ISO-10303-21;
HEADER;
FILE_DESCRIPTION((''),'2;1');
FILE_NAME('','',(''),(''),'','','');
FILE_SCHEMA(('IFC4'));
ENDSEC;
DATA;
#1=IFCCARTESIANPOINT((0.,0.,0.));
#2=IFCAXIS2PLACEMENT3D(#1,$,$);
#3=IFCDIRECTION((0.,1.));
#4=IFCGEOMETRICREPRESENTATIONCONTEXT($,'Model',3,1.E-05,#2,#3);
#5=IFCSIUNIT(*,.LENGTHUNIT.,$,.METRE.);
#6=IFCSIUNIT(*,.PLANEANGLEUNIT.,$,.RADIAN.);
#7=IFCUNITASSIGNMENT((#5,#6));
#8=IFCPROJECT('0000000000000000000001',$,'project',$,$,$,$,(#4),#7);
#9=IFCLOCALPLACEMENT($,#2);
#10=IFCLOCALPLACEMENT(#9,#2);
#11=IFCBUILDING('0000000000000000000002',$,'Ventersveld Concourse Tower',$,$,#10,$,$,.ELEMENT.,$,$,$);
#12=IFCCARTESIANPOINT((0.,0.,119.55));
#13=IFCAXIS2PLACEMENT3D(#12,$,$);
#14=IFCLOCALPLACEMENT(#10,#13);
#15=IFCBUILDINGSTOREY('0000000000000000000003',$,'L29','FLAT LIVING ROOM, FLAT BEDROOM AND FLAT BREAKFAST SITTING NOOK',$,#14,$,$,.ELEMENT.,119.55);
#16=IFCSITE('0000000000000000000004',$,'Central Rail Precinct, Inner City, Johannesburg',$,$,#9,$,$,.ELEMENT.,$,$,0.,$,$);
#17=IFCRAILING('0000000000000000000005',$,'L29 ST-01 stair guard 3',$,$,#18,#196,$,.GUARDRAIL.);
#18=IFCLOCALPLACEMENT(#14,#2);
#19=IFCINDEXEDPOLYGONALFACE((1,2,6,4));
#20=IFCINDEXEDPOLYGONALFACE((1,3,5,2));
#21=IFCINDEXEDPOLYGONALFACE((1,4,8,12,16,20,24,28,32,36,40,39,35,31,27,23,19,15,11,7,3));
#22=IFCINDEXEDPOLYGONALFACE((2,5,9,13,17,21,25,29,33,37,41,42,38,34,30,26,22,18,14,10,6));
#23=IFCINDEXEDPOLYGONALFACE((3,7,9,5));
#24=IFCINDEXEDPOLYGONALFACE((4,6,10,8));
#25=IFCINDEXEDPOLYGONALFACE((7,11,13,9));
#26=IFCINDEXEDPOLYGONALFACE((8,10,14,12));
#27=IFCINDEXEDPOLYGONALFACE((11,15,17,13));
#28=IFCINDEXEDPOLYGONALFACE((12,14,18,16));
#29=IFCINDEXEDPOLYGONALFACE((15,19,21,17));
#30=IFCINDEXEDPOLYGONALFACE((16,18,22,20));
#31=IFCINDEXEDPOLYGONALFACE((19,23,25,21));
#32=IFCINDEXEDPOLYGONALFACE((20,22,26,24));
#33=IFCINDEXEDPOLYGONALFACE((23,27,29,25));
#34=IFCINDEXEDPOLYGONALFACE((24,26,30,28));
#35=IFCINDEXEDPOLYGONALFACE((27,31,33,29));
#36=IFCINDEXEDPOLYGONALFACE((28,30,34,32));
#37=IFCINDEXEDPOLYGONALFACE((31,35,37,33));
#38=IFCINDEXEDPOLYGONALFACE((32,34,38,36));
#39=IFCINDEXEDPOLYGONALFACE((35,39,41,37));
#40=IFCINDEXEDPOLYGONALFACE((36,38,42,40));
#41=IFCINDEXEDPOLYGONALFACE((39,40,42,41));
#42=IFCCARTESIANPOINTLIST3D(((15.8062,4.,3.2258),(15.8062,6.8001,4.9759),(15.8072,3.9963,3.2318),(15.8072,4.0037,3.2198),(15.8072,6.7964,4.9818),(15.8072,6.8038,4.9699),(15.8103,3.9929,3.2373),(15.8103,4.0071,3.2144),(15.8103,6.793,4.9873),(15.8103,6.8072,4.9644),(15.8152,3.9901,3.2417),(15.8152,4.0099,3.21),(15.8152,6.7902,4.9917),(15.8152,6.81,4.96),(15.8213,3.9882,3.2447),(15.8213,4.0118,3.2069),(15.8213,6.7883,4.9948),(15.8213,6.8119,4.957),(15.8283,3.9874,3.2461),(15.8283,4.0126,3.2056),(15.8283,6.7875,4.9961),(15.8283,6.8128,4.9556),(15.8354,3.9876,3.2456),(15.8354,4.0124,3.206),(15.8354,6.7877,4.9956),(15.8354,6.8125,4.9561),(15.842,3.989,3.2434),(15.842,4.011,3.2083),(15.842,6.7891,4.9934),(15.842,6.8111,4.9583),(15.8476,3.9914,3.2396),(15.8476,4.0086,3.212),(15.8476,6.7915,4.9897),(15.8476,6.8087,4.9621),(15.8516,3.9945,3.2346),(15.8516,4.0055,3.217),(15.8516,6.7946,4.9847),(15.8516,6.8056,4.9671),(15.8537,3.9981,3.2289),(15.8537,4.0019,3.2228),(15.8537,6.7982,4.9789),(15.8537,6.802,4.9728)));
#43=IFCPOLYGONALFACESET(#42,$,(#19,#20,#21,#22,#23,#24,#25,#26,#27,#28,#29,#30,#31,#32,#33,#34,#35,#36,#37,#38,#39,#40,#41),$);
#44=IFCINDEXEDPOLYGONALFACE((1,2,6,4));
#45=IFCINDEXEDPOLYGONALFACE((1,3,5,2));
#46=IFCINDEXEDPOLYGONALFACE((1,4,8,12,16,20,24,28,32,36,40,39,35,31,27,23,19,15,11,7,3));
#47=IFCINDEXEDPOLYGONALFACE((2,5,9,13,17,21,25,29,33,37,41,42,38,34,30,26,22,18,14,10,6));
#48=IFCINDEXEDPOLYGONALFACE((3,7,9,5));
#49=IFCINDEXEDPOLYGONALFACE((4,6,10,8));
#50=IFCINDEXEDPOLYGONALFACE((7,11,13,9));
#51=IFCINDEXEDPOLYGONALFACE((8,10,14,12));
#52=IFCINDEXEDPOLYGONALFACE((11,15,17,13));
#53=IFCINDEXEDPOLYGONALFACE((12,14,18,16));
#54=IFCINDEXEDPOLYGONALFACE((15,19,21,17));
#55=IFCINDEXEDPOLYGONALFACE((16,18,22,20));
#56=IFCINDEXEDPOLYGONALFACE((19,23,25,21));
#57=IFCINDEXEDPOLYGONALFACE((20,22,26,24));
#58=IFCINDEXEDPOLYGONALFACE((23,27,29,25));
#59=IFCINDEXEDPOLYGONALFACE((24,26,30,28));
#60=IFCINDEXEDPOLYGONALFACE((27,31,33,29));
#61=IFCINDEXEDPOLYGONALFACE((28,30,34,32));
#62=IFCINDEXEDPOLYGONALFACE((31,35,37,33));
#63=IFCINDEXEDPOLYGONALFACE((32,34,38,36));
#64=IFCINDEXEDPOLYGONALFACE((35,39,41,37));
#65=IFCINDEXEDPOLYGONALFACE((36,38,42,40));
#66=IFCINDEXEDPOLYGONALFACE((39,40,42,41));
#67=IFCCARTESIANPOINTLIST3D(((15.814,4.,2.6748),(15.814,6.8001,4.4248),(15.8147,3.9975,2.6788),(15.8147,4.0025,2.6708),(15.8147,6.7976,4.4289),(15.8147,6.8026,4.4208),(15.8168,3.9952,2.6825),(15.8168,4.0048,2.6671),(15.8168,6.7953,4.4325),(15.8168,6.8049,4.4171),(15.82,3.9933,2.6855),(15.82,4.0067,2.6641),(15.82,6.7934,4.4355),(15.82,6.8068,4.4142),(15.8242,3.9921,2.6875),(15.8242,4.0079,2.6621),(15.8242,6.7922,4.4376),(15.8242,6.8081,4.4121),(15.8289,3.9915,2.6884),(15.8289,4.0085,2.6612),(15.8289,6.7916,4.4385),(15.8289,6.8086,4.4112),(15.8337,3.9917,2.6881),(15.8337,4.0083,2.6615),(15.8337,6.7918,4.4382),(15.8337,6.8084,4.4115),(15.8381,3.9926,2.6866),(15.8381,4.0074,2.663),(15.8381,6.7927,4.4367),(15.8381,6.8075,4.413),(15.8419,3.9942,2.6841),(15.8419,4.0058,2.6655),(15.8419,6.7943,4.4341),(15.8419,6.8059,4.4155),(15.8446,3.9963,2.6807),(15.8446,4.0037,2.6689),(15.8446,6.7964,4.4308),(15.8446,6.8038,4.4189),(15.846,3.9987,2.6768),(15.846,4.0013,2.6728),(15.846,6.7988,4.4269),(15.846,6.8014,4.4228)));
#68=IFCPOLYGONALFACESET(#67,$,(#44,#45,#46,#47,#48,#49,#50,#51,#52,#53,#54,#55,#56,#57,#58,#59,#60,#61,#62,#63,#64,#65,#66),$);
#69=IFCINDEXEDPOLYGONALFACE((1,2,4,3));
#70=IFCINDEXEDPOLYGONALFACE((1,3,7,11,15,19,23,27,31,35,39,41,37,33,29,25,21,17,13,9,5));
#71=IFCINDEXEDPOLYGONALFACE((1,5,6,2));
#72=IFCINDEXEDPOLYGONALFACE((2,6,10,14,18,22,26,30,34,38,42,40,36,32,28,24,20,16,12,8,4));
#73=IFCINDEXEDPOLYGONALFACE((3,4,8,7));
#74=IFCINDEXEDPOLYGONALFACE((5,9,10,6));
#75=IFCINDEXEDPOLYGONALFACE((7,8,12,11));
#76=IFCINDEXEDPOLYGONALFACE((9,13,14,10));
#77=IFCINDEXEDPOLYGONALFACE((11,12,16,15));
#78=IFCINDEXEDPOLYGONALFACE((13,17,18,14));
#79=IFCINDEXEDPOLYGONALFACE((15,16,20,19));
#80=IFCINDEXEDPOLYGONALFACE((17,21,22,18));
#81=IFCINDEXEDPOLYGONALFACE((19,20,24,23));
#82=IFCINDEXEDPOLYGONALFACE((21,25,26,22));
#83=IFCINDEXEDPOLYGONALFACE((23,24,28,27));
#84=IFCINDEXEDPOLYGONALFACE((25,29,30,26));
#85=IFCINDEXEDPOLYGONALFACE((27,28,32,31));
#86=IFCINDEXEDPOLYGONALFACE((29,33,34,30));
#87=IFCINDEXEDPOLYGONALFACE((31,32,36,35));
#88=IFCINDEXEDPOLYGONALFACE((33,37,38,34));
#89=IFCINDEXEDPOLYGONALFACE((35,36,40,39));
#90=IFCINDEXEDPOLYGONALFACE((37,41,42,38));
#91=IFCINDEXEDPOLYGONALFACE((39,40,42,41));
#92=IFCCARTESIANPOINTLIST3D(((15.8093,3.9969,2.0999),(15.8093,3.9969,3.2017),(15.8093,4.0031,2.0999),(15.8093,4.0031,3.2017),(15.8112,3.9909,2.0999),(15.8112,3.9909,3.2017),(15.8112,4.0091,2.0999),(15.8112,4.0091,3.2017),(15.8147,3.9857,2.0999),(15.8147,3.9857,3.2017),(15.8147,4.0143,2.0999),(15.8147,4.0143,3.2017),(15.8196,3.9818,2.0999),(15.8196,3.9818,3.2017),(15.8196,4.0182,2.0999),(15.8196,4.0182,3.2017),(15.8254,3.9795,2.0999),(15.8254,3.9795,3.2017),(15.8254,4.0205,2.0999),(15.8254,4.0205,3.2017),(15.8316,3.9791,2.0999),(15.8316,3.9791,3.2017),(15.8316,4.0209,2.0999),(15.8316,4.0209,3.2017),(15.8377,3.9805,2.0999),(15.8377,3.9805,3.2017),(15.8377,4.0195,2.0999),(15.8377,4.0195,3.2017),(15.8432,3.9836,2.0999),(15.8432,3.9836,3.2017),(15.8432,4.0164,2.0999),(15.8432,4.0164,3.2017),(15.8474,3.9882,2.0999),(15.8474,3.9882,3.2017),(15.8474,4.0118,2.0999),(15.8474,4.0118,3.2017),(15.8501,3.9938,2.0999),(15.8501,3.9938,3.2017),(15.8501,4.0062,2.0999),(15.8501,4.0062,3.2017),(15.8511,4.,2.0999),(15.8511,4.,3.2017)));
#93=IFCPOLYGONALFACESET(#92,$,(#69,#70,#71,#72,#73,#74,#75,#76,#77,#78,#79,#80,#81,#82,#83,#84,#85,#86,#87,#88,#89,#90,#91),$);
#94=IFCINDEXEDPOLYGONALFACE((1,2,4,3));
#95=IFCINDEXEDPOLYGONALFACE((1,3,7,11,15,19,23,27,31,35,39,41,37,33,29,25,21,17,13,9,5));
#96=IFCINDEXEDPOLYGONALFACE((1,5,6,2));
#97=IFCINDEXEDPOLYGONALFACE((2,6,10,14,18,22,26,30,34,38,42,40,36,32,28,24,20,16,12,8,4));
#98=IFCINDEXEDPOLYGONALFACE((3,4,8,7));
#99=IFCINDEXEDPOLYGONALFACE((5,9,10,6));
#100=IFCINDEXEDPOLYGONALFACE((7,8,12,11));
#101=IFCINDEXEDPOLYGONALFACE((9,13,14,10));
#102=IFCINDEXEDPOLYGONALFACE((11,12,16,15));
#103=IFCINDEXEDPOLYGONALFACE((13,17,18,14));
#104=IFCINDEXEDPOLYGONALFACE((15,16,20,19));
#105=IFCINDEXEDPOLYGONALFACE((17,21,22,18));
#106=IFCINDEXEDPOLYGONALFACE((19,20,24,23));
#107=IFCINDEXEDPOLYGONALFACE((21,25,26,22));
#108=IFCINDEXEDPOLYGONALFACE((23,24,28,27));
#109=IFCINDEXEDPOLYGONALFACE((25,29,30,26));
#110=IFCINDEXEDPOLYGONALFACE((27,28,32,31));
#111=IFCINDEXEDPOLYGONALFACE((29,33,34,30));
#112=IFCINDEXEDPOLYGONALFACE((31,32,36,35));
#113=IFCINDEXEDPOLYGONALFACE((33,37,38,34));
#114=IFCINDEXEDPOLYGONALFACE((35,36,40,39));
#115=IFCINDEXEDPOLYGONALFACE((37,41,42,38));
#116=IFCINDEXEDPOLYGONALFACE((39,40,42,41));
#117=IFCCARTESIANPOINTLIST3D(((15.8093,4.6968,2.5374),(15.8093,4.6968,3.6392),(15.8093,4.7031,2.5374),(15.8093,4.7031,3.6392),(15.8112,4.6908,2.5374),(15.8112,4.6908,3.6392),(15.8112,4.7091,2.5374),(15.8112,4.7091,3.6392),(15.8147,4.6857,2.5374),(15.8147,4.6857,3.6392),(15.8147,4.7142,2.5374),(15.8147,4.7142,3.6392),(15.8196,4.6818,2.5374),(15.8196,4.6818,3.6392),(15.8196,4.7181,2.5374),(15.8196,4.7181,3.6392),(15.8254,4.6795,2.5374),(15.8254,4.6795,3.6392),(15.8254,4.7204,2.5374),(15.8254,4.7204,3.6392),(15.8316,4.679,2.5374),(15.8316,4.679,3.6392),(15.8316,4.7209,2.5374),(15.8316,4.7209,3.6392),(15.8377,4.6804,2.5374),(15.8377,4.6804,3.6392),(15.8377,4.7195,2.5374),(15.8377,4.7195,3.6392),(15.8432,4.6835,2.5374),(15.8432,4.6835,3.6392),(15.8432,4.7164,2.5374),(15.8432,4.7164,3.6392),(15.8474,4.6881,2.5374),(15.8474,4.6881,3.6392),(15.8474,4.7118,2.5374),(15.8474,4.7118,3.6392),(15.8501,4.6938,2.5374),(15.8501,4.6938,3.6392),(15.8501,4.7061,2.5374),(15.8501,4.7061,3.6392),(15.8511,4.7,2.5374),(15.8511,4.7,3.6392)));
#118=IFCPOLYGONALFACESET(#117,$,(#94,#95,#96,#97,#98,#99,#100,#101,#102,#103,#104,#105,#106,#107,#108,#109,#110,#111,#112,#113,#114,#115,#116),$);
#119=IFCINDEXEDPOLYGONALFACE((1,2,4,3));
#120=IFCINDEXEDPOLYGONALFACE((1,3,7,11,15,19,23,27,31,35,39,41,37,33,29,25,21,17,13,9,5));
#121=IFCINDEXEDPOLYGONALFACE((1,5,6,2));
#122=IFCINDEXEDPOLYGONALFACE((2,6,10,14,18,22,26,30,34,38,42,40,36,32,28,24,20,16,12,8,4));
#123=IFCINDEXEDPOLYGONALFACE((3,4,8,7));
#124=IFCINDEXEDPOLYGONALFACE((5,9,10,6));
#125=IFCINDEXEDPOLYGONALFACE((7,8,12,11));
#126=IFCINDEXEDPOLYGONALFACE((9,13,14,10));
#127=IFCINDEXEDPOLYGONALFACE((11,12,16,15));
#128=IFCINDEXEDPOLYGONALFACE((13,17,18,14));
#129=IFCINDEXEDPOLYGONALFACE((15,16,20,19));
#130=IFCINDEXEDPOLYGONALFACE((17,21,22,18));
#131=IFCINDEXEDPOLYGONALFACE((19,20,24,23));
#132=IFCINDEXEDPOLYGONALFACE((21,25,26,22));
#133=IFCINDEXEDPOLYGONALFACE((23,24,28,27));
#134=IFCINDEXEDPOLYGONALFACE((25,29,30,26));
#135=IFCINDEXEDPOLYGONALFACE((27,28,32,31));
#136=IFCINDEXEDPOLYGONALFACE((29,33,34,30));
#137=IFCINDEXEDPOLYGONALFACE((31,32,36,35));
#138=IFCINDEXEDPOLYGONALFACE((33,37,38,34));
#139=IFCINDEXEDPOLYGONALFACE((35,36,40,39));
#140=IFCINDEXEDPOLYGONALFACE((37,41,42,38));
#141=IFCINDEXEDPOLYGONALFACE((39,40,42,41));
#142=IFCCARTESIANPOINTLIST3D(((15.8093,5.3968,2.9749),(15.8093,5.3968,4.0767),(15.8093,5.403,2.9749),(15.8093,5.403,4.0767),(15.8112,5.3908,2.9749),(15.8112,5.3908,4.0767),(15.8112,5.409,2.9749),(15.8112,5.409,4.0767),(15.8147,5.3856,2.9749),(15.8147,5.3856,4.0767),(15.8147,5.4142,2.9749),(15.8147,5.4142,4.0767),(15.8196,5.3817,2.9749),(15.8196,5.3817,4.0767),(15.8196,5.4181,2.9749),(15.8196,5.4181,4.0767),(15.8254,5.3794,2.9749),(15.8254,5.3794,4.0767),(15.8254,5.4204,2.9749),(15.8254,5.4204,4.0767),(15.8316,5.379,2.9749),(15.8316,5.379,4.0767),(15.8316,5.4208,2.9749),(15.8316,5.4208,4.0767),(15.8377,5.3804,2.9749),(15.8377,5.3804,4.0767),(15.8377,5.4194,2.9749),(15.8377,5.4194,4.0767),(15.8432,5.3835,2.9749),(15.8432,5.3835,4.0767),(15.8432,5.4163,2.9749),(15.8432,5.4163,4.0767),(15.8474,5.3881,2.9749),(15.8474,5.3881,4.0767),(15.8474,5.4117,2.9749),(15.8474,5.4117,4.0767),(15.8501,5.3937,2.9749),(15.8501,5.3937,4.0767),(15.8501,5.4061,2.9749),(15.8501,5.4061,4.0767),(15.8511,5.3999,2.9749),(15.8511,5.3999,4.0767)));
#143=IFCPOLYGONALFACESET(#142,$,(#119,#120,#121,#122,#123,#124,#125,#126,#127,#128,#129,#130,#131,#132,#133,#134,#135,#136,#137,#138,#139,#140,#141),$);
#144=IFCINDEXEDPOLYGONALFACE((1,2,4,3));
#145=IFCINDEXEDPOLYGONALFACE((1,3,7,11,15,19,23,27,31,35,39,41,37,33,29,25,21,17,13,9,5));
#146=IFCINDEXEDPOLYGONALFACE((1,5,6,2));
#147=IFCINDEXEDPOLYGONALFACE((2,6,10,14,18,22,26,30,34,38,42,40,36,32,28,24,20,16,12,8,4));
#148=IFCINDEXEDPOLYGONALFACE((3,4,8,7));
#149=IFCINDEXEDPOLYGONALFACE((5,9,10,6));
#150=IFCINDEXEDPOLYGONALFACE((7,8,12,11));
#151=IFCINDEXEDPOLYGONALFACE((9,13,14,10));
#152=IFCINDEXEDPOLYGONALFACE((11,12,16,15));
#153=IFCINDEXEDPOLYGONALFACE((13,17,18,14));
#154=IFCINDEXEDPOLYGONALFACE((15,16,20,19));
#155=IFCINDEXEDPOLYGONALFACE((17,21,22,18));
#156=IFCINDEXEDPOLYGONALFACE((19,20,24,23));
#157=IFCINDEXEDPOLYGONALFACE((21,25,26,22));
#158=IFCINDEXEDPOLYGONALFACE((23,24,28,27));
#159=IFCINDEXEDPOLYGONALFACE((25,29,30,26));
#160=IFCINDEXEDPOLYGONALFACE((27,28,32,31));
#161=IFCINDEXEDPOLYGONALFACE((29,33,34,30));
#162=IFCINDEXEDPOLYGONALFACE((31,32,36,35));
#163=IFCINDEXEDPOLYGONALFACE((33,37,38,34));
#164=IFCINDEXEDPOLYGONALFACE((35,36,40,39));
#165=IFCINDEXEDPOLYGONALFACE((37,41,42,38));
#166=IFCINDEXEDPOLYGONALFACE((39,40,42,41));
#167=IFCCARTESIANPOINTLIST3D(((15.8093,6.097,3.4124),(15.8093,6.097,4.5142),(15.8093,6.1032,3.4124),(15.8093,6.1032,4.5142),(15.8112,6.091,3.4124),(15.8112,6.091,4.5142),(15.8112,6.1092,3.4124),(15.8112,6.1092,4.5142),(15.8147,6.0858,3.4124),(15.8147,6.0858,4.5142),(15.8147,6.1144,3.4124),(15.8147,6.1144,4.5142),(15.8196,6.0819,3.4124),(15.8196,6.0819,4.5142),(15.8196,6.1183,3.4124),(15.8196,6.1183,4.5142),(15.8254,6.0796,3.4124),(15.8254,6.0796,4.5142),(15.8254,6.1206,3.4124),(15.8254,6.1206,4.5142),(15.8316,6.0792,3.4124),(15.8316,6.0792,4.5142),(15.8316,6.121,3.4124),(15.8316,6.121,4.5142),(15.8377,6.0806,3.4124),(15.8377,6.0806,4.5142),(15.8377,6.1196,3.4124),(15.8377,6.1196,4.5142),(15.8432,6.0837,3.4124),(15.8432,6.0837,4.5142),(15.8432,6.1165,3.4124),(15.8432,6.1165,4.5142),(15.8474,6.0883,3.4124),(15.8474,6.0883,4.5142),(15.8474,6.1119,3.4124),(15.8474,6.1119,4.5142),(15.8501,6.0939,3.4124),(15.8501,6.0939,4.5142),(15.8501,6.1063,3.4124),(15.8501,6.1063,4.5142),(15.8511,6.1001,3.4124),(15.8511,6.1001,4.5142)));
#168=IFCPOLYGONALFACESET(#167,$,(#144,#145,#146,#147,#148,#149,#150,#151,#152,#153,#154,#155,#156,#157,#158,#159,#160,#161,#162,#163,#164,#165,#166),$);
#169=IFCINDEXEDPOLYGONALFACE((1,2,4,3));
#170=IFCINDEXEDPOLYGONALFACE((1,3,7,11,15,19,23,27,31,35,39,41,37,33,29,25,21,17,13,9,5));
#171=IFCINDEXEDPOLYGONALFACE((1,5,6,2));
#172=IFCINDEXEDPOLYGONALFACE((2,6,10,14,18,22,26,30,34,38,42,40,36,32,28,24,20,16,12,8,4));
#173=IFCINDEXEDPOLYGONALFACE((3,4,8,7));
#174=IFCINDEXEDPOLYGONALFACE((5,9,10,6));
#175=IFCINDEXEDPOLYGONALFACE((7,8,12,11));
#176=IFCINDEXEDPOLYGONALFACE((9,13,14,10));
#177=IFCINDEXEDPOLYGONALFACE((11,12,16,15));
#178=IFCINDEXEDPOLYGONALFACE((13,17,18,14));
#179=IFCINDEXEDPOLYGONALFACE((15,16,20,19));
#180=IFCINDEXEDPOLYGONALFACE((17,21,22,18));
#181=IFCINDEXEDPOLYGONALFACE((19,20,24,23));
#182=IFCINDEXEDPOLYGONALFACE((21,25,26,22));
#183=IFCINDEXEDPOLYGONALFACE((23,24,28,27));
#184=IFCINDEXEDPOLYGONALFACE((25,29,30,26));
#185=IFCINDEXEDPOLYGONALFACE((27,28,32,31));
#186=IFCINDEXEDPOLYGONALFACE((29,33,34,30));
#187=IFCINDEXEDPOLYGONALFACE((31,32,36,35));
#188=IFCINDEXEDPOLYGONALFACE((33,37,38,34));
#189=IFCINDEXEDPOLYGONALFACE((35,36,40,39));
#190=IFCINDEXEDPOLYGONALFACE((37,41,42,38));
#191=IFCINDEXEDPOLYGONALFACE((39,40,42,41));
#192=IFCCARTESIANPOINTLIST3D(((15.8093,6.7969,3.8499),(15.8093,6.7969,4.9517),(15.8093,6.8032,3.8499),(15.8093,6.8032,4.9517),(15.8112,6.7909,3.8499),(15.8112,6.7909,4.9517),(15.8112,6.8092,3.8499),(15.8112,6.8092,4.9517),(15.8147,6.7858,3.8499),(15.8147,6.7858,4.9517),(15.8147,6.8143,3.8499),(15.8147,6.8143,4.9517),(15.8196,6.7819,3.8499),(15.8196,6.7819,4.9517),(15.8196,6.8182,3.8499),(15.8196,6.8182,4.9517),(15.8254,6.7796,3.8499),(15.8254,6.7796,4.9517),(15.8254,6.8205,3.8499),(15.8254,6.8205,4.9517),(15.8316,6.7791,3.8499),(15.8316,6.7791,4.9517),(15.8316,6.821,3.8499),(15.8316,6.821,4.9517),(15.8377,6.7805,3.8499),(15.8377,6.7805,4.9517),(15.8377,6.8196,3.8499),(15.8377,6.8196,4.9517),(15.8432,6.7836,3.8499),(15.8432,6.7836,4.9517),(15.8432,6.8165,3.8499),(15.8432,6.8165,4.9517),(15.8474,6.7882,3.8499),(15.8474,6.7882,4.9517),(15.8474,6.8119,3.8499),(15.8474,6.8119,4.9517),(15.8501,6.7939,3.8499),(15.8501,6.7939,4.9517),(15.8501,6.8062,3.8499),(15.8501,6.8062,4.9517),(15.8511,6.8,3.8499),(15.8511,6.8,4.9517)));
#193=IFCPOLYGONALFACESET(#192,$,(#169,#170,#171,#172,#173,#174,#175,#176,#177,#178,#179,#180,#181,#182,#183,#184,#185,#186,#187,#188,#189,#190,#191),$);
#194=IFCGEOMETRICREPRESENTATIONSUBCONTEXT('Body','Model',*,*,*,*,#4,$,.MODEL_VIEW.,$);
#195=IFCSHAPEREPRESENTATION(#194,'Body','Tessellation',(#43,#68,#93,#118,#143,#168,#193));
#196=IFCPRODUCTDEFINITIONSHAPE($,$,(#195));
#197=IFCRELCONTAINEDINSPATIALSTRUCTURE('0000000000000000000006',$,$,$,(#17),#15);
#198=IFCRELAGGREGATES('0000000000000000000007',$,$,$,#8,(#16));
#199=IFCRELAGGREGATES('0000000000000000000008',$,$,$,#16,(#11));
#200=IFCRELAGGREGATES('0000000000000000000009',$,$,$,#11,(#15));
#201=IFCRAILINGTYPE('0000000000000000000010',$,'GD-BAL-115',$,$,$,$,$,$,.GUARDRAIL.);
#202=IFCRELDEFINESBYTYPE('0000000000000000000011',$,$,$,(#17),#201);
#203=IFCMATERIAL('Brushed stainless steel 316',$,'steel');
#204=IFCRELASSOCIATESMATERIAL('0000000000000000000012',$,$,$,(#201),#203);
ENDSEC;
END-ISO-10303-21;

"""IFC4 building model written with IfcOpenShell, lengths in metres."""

from ifc_helpers import new_model, si_unit, direction, frame, origin, origin_2d, place, context, subcontext, project, spatial, circle, extrude, material, type_object, element, save


model = new_model("IFC4")

# Units and contexts
model_context = context("Model", 3, precision=1e-05, world=origin(), true_north=direction((0.0, 1.0)))
body_context = subcontext(model_context, "Body", "Model", "MODEL_VIEW")
ifc_project = project(units=[si_unit("LENGTHUNIT", "METRE"), si_unit("PLANEANGLEUNIT", "RADIAN")], contexts=[model_context])

# Site, building, storey
site_placement = place(None, origin())
site = spatial("IfcSite", under=ifc_project, at=site_placement, Name="Central Rail Precinct, Inner City, Johannesburg", CompositionType="ELEMENT", RefElevation=0.0)
building_placement = place(site_placement, origin())
building = spatial("IfcBuilding", under=site, at=building_placement, Name="Ventersveld Concourse Tower", CompositionType="ELEMENT")
storey_placement = place(building_placement, frame((0.0, 0.0, 119.55)))
storey = spatial("IfcBuildingStorey", under=building, at=storey_placement, Name="L29", Description="FLAT LIVING ROOM, FLAT BEDROOM AND FLAT BREAKFAST SITTING NOOK", CompositionType="ELEMENT", Elevation=119.55)

# Shared definitions
ifc_material_1 = material(Name="Brushed stainless steel 316", Category="steel")

# Railing
railing_type_1 = type_object("IfcRailingType", Name="GD-BAL-115", PredefinedType="GUARDRAIL", material=ifc_material_1)
railing_1_placement = place(storey_placement, frame((15.8301, 4.0, 2.0999)))
element("IfcRailing", 1, at=railing_1_placement, inside=storey, type_object=railing_type_1, Name="L29 ST-01 stair guard 3", PredefinedType="GUARDRAIL", context=body_context, shape_type="SweptSolid", body=[
    extrude(circle(Radius=0.0239, at=origin_2d()), frame((0.0, 0.0, 1.126), z_axis=(0.0, 0.848002, 0.529992), x_axis=(-1.0, 0.0, 0.0)), (0.0, 0.0, 1.0), 3.302),
    extrude(circle(Radius=0.0161, at=origin_2d()), frame((0.0, 0.0, 0.575), z_axis=(0.0, 0.848002, 0.529992), x_axis=(-1.0, 0.0, 0.0)), (0.0, 0.0, 1.0), 3.302),
    extrude(circle(Radius=0.021, at=origin_2d()), origin(), (0.0, 0.0, 1.0), 1.1018),
    extrude(circle(Radius=0.021, at=origin_2d()), frame((0.0, 0.7, 0.4375)), (0.0, 0.0, 1.0), 1.1018),
    extrude(circle(Radius=0.021, at=origin_2d()), frame((0.0, 1.3999, 0.875)), (0.0, 0.0, 1.0), 1.1018),
    extrude(circle(Radius=0.021, at=origin_2d()), frame((0.0, 2.1001, 1.3125)), (0.0, 0.0, 1.0), 1.1018),
    extrude(circle(Radius=0.021, at=origin_2d()), frame((0.0, 2.8, 1.75)), (0.0, 0.0, 1.0), 1.1018),
])

save(model, "model.ifc")
